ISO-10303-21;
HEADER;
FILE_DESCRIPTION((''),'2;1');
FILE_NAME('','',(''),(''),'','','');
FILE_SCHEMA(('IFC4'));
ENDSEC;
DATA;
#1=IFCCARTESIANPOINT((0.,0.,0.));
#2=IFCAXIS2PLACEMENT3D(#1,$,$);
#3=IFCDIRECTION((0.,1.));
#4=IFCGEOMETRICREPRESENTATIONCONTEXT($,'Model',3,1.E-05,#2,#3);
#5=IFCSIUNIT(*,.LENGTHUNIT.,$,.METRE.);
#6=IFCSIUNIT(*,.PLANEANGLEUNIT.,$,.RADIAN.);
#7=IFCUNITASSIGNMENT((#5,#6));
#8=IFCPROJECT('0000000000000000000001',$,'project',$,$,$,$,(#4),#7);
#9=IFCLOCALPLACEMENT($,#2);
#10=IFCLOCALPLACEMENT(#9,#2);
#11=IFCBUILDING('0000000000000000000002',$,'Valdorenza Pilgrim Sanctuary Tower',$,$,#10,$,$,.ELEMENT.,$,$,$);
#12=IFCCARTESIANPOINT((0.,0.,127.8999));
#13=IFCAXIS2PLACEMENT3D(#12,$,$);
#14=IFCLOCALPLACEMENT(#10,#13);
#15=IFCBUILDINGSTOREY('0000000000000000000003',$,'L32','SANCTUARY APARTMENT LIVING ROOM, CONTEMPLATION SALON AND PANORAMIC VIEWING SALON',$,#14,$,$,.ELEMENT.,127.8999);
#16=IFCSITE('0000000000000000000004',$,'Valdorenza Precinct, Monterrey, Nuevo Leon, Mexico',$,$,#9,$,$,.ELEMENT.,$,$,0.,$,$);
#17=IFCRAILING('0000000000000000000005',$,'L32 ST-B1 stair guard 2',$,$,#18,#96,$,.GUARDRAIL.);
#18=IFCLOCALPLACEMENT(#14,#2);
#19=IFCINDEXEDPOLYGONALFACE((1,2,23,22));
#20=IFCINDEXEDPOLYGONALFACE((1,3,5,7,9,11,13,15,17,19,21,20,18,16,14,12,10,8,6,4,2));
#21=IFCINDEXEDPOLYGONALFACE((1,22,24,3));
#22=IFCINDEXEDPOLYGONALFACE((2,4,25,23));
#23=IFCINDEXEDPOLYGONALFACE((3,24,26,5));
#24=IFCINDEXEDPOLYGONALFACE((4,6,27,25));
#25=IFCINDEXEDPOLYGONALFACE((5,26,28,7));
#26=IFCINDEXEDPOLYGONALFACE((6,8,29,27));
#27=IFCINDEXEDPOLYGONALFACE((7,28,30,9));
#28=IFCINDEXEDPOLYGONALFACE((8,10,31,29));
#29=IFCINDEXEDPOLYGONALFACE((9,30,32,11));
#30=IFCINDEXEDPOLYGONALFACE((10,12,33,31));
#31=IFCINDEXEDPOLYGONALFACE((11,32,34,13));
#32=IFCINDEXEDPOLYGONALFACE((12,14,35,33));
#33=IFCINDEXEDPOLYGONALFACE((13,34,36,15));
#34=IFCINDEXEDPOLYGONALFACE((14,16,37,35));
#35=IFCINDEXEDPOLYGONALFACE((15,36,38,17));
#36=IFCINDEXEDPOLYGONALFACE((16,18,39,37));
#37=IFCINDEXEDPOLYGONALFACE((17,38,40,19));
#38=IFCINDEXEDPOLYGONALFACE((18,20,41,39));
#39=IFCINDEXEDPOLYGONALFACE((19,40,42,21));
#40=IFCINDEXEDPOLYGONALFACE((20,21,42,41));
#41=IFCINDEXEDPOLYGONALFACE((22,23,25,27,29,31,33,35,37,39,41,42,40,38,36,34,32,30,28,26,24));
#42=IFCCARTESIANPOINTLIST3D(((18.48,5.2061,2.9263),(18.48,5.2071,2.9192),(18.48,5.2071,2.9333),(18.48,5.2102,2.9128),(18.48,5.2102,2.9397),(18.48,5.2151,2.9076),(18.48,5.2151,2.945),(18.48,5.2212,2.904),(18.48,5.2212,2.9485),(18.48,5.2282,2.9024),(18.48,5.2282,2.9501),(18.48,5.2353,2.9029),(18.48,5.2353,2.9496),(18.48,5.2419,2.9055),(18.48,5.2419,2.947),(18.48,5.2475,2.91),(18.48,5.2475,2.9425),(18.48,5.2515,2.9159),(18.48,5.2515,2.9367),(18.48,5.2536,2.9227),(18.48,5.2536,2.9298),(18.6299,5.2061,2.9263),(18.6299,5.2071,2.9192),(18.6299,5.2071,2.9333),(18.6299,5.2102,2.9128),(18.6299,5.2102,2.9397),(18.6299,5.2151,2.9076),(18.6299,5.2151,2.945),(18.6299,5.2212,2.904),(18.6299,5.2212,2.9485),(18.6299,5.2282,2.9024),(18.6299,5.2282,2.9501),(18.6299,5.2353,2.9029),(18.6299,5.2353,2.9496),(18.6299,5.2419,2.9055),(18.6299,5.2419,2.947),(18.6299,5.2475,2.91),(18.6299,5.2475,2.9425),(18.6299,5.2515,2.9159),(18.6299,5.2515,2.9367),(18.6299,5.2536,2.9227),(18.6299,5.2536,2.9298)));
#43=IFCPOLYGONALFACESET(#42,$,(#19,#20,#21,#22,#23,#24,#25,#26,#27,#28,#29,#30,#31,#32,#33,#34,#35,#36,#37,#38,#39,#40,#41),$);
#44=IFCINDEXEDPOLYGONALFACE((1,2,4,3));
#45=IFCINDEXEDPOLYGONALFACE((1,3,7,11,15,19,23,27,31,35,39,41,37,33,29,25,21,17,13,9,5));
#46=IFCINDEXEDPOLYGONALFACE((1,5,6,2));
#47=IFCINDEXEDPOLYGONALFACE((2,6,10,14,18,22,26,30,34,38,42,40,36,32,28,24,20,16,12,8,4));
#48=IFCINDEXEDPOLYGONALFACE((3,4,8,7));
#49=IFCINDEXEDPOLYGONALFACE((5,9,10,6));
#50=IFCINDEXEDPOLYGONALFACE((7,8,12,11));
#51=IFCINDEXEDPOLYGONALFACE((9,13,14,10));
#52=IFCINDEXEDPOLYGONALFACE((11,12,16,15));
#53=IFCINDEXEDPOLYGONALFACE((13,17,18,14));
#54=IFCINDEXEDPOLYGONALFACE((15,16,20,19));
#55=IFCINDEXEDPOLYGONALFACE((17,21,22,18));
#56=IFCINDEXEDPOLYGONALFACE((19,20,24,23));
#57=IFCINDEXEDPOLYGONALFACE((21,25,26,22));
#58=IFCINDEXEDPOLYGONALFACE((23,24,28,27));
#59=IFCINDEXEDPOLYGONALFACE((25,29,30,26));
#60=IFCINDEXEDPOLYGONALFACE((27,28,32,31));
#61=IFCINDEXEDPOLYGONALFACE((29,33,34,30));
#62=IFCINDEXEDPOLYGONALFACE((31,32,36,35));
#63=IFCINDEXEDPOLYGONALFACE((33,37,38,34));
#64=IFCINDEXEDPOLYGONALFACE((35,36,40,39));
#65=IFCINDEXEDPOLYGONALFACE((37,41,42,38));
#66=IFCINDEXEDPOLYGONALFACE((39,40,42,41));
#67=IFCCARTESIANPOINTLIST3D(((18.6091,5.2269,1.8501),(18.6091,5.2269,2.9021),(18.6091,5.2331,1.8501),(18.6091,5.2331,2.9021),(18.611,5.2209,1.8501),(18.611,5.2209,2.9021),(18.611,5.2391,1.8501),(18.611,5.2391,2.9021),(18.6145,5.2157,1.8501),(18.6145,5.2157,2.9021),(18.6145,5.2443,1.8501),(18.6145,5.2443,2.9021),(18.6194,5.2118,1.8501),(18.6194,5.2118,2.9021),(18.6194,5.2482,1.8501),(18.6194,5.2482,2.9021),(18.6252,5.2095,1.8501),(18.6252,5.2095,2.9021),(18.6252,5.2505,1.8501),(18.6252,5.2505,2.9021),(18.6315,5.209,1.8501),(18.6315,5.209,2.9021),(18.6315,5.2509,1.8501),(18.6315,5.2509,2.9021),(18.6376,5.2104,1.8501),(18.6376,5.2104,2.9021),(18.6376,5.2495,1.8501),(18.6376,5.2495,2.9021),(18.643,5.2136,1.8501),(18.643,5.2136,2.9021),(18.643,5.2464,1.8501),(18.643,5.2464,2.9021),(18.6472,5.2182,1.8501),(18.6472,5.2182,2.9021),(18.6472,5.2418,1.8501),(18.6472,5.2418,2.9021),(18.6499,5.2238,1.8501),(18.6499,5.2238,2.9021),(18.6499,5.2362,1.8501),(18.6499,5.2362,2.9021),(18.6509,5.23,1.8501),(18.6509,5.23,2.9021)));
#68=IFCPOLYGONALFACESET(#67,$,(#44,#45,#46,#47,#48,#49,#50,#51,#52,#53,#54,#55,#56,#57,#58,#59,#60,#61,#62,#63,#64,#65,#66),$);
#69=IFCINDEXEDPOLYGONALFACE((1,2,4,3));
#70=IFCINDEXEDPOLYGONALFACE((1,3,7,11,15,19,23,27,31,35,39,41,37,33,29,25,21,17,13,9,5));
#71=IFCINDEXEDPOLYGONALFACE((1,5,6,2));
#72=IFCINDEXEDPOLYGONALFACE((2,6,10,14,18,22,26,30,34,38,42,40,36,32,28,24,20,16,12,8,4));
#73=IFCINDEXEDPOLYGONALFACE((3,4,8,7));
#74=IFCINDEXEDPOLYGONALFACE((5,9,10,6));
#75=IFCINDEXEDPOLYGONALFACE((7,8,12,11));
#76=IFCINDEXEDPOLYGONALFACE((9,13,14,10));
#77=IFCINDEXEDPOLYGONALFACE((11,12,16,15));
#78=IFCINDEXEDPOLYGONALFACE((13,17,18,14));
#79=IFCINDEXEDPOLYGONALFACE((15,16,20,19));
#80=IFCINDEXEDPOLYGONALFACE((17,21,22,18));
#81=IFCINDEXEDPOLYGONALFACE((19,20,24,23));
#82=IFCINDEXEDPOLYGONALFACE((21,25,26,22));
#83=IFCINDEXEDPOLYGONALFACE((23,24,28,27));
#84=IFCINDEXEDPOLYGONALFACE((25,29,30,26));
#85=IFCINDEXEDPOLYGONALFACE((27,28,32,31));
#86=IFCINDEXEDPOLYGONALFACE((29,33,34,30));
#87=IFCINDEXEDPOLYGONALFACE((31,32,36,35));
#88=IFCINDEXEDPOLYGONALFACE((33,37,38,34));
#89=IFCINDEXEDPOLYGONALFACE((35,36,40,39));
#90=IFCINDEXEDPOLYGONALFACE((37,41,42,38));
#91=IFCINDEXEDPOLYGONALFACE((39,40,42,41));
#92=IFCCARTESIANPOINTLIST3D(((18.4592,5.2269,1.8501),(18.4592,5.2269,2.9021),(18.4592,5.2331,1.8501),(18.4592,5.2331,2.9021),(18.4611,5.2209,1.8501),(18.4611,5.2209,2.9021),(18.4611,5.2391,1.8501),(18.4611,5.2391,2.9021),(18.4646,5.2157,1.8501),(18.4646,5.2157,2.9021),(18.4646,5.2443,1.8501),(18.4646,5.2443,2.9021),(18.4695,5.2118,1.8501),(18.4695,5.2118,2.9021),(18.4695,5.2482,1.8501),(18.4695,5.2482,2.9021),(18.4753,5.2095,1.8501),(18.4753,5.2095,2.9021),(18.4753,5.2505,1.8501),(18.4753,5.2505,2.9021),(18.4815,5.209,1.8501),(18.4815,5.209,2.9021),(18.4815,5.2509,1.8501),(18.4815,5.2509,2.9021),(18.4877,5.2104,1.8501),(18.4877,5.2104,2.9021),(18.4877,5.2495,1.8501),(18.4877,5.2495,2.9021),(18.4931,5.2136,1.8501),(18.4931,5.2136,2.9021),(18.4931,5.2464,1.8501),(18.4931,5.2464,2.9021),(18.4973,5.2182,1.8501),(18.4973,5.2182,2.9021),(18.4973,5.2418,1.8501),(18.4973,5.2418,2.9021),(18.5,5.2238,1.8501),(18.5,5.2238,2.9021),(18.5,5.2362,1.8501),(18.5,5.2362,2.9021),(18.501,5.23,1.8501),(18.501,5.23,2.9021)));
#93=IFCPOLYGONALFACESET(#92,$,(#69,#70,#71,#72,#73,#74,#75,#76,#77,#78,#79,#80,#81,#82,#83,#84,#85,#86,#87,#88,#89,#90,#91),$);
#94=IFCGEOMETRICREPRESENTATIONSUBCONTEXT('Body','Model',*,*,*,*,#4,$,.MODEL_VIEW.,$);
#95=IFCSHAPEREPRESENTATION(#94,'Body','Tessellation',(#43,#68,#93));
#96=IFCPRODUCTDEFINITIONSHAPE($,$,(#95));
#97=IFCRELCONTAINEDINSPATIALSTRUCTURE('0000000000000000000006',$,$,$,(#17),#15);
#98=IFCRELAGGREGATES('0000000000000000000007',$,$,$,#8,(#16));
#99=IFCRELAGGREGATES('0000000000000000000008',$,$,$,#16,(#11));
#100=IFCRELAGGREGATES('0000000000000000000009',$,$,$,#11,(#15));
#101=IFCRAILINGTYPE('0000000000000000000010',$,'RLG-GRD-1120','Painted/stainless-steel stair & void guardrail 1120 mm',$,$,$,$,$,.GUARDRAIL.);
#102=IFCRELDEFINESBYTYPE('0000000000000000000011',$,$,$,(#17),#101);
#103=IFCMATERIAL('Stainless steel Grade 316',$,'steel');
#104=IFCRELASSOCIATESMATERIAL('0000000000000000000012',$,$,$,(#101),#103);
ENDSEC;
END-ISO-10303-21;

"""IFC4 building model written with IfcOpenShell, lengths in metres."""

from ifc_helpers import new_model, si_unit, direction, frame, origin, origin_2d, place, context, subcontext, project, spatial, circle, extrude, material, type_object, element, save


model = new_model("IFC4")

# Units and contexts
model_context = context("Model", 3, precision=1e-05, world=origin(), true_north=direction((0.0, 1.0)))
body_context = subcontext(model_context, "Body", "Model", "MODEL_VIEW")
ifc_project = project(units=[si_unit("LENGTHUNIT", "METRE"), si_unit("PLANEANGLEUNIT", "RADIAN")], contexts=[model_context])

# Site, building, storey
site_placement = place(None, origin())
site = spatial("IfcSite", under=ifc_project, at=site_placement, Name="Valdorenza Precinct, Monterrey, Nuevo Leon, Mexico", CompositionType="ELEMENT", RefElevation=0.0)
building_placement = place(site_placement, origin())
building = spatial("IfcBuilding", under=site, at=building_placement, Name="Valdorenza Pilgrim Sanctuary Tower", CompositionType="ELEMENT")
storey_placement = place(building_placement, frame((0.0, 0.0, 127.8999)))
storey = spatial("IfcBuildingStorey", under=building, at=storey_placement, Name="L32", Description="SANCTUARY APARTMENT LIVING ROOM, CONTEMPLATION SALON AND PANORAMIC VIEWING SALON", CompositionType="ELEMENT", Elevation=127.8999)

# Railing
ifc_material_1 = material(Name="Stainless steel Grade 316", Category="steel")
railing_type_1 = type_object("IfcRailingType", Name="RLG-GRD-1120", Description="Painted/stainless-steel stair & void guardrail 1120 mm", PredefinedType="GUARDRAIL", material=ifc_material_1)
railing_1_placement = place(storey_placement, frame((18.6299, 5.23, 1.8501)))
element("IfcRailing", 1, at=railing_1_placement, inside=storey, type_object=railing_type_1, Name="L32 ST-B1 stair guard 2", PredefinedType="GUARDRAIL", context=body_context, shape_type="SweptSolid", body=[
    extrude(circle(Radius=0.0239, at=origin_2d()), frame((0.0, 0.0, 1.0762), z_axis=(-1.0, 0.0, 0.0), x_axis=(0.0, -1.0, 0.0)), (0.0, 0.0, 1.0), 0.1499),
    extrude(circle(Radius=0.021, at=origin_2d()), origin(), (0.0, 0.0, 1.0), 1.052),
    extrude(circle(Radius=0.021, at=origin_2d()), frame((-0.1499, 0.0, 0.0)), (0.0, 0.0, 1.0), 1.052),
])

save(model, "model.ifc")
